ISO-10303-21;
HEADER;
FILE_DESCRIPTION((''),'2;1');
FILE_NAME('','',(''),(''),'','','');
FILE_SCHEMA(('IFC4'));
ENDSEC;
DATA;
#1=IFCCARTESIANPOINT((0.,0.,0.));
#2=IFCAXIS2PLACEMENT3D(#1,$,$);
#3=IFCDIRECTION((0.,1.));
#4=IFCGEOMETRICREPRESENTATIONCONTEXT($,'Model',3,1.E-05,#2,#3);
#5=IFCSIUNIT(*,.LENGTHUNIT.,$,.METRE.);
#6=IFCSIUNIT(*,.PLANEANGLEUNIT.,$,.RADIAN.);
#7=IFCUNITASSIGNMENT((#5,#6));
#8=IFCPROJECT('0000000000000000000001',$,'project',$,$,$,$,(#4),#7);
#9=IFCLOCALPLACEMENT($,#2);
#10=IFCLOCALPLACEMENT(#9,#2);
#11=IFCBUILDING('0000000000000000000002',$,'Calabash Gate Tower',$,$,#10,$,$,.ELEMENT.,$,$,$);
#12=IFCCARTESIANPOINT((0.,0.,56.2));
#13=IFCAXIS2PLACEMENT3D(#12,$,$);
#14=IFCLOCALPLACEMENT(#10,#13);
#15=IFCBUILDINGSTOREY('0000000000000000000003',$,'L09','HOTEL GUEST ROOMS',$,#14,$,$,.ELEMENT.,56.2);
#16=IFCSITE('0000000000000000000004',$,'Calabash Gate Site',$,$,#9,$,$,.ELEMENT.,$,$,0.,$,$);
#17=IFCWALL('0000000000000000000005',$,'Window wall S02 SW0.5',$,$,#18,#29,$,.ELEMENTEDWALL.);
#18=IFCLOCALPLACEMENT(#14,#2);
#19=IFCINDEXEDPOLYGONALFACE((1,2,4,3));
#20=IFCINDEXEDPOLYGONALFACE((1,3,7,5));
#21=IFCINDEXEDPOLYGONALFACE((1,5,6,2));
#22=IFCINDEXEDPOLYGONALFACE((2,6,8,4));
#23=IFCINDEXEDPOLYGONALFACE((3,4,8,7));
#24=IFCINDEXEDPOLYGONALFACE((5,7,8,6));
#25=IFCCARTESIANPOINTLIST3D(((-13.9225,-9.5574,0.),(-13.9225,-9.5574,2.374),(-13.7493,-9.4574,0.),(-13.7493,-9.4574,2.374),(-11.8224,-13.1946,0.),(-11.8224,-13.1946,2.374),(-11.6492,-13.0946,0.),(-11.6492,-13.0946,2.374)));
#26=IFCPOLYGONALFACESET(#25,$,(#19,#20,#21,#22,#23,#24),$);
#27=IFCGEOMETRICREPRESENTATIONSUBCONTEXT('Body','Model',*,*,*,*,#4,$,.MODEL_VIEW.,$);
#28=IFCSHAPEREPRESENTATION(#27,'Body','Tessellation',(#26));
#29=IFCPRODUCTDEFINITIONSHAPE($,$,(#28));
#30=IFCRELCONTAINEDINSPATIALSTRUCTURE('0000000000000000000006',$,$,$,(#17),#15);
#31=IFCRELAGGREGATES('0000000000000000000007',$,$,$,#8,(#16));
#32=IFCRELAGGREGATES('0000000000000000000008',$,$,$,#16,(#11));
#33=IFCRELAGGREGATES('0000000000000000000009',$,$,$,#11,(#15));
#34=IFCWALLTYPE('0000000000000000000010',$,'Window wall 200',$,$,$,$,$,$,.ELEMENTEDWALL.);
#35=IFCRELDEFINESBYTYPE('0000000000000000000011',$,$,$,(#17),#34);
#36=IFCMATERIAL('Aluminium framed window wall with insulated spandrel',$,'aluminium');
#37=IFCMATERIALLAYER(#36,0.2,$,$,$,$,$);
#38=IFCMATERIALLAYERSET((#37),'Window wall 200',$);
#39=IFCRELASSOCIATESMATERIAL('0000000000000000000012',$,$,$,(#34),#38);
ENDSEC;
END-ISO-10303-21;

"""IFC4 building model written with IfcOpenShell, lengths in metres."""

from ifc_helpers import new_model, si_unit, direction, frame, frame_2d, origin, place, context, subcontext, project, spatial, rectangle, extrude, material, layer, layer_set, type_object, element, save


model = new_model("IFC4")

# Units and contexts
model_context = context("Model", 3, precision=1e-05, world=origin(), true_north=direction((0.0, 1.0)))
body_context = subcontext(model_context, "Body", "Model", "MODEL_VIEW")
ifc_project = project(units=[si_unit("LENGTHUNIT", "METRE"), si_unit("PLANEANGLEUNIT", "RADIAN")], contexts=[model_context])

# Site, building, storey
site_placement = place(None, origin())
site = spatial("IfcSite", under=ifc_project, at=site_placement, Name="Calabash Gate Site", CompositionType="ELEMENT", RefElevation=0.0)
building_placement = place(site_placement, origin())
building = spatial("IfcBuilding", under=site, at=building_placement, Name="Calabash Gate Tower", CompositionType="ELEMENT")
storey_placement = place(building_placement, frame((0.0, 0.0, 56.2)))
storey = spatial("IfcBuildingStorey", under=building, at=storey_placement, Name="L09", Description="HOTEL GUEST ROOMS", CompositionType="ELEMENT", Elevation=56.2)

# Wall
ifc_material_1 = material(Name="Aluminium framed window wall with insulated spandrel", Category="aluminium")
ifc_layer_1 = layer(ifc_material_1, 0.2)
ifc_layer_set_1 = layer_set([ifc_layer_1], Name="Window wall 200")
wall_type_1 = type_object("IfcWallType", Name="Window wall 200", PredefinedType="ELEMENTEDWALL", material=ifc_layer_set_1)
wall_1_placement = place(storey_placement, frame((-13.8359, -9.5073, 0.0), z_axis=(0.0, 0.0, 1.0), x_axis=(0.500028, -0.866009, 0.0)))
element("IfcWall", 1, at=wall_1_placement, inside=storey, type_object=wall_type_1, Name="Window wall S02 SW0.5", PredefinedType="ELEMENTEDWALL", context=body_context, shape_type="SweptSolid", body=[
    extrude(rectangle(XDim=4.2, YDim=0.2, at=frame_2d((2.1001, 0.0))), origin(), (0.0, 0.0, 1.0), 2.374),
])

save(model, "model.ifc")
